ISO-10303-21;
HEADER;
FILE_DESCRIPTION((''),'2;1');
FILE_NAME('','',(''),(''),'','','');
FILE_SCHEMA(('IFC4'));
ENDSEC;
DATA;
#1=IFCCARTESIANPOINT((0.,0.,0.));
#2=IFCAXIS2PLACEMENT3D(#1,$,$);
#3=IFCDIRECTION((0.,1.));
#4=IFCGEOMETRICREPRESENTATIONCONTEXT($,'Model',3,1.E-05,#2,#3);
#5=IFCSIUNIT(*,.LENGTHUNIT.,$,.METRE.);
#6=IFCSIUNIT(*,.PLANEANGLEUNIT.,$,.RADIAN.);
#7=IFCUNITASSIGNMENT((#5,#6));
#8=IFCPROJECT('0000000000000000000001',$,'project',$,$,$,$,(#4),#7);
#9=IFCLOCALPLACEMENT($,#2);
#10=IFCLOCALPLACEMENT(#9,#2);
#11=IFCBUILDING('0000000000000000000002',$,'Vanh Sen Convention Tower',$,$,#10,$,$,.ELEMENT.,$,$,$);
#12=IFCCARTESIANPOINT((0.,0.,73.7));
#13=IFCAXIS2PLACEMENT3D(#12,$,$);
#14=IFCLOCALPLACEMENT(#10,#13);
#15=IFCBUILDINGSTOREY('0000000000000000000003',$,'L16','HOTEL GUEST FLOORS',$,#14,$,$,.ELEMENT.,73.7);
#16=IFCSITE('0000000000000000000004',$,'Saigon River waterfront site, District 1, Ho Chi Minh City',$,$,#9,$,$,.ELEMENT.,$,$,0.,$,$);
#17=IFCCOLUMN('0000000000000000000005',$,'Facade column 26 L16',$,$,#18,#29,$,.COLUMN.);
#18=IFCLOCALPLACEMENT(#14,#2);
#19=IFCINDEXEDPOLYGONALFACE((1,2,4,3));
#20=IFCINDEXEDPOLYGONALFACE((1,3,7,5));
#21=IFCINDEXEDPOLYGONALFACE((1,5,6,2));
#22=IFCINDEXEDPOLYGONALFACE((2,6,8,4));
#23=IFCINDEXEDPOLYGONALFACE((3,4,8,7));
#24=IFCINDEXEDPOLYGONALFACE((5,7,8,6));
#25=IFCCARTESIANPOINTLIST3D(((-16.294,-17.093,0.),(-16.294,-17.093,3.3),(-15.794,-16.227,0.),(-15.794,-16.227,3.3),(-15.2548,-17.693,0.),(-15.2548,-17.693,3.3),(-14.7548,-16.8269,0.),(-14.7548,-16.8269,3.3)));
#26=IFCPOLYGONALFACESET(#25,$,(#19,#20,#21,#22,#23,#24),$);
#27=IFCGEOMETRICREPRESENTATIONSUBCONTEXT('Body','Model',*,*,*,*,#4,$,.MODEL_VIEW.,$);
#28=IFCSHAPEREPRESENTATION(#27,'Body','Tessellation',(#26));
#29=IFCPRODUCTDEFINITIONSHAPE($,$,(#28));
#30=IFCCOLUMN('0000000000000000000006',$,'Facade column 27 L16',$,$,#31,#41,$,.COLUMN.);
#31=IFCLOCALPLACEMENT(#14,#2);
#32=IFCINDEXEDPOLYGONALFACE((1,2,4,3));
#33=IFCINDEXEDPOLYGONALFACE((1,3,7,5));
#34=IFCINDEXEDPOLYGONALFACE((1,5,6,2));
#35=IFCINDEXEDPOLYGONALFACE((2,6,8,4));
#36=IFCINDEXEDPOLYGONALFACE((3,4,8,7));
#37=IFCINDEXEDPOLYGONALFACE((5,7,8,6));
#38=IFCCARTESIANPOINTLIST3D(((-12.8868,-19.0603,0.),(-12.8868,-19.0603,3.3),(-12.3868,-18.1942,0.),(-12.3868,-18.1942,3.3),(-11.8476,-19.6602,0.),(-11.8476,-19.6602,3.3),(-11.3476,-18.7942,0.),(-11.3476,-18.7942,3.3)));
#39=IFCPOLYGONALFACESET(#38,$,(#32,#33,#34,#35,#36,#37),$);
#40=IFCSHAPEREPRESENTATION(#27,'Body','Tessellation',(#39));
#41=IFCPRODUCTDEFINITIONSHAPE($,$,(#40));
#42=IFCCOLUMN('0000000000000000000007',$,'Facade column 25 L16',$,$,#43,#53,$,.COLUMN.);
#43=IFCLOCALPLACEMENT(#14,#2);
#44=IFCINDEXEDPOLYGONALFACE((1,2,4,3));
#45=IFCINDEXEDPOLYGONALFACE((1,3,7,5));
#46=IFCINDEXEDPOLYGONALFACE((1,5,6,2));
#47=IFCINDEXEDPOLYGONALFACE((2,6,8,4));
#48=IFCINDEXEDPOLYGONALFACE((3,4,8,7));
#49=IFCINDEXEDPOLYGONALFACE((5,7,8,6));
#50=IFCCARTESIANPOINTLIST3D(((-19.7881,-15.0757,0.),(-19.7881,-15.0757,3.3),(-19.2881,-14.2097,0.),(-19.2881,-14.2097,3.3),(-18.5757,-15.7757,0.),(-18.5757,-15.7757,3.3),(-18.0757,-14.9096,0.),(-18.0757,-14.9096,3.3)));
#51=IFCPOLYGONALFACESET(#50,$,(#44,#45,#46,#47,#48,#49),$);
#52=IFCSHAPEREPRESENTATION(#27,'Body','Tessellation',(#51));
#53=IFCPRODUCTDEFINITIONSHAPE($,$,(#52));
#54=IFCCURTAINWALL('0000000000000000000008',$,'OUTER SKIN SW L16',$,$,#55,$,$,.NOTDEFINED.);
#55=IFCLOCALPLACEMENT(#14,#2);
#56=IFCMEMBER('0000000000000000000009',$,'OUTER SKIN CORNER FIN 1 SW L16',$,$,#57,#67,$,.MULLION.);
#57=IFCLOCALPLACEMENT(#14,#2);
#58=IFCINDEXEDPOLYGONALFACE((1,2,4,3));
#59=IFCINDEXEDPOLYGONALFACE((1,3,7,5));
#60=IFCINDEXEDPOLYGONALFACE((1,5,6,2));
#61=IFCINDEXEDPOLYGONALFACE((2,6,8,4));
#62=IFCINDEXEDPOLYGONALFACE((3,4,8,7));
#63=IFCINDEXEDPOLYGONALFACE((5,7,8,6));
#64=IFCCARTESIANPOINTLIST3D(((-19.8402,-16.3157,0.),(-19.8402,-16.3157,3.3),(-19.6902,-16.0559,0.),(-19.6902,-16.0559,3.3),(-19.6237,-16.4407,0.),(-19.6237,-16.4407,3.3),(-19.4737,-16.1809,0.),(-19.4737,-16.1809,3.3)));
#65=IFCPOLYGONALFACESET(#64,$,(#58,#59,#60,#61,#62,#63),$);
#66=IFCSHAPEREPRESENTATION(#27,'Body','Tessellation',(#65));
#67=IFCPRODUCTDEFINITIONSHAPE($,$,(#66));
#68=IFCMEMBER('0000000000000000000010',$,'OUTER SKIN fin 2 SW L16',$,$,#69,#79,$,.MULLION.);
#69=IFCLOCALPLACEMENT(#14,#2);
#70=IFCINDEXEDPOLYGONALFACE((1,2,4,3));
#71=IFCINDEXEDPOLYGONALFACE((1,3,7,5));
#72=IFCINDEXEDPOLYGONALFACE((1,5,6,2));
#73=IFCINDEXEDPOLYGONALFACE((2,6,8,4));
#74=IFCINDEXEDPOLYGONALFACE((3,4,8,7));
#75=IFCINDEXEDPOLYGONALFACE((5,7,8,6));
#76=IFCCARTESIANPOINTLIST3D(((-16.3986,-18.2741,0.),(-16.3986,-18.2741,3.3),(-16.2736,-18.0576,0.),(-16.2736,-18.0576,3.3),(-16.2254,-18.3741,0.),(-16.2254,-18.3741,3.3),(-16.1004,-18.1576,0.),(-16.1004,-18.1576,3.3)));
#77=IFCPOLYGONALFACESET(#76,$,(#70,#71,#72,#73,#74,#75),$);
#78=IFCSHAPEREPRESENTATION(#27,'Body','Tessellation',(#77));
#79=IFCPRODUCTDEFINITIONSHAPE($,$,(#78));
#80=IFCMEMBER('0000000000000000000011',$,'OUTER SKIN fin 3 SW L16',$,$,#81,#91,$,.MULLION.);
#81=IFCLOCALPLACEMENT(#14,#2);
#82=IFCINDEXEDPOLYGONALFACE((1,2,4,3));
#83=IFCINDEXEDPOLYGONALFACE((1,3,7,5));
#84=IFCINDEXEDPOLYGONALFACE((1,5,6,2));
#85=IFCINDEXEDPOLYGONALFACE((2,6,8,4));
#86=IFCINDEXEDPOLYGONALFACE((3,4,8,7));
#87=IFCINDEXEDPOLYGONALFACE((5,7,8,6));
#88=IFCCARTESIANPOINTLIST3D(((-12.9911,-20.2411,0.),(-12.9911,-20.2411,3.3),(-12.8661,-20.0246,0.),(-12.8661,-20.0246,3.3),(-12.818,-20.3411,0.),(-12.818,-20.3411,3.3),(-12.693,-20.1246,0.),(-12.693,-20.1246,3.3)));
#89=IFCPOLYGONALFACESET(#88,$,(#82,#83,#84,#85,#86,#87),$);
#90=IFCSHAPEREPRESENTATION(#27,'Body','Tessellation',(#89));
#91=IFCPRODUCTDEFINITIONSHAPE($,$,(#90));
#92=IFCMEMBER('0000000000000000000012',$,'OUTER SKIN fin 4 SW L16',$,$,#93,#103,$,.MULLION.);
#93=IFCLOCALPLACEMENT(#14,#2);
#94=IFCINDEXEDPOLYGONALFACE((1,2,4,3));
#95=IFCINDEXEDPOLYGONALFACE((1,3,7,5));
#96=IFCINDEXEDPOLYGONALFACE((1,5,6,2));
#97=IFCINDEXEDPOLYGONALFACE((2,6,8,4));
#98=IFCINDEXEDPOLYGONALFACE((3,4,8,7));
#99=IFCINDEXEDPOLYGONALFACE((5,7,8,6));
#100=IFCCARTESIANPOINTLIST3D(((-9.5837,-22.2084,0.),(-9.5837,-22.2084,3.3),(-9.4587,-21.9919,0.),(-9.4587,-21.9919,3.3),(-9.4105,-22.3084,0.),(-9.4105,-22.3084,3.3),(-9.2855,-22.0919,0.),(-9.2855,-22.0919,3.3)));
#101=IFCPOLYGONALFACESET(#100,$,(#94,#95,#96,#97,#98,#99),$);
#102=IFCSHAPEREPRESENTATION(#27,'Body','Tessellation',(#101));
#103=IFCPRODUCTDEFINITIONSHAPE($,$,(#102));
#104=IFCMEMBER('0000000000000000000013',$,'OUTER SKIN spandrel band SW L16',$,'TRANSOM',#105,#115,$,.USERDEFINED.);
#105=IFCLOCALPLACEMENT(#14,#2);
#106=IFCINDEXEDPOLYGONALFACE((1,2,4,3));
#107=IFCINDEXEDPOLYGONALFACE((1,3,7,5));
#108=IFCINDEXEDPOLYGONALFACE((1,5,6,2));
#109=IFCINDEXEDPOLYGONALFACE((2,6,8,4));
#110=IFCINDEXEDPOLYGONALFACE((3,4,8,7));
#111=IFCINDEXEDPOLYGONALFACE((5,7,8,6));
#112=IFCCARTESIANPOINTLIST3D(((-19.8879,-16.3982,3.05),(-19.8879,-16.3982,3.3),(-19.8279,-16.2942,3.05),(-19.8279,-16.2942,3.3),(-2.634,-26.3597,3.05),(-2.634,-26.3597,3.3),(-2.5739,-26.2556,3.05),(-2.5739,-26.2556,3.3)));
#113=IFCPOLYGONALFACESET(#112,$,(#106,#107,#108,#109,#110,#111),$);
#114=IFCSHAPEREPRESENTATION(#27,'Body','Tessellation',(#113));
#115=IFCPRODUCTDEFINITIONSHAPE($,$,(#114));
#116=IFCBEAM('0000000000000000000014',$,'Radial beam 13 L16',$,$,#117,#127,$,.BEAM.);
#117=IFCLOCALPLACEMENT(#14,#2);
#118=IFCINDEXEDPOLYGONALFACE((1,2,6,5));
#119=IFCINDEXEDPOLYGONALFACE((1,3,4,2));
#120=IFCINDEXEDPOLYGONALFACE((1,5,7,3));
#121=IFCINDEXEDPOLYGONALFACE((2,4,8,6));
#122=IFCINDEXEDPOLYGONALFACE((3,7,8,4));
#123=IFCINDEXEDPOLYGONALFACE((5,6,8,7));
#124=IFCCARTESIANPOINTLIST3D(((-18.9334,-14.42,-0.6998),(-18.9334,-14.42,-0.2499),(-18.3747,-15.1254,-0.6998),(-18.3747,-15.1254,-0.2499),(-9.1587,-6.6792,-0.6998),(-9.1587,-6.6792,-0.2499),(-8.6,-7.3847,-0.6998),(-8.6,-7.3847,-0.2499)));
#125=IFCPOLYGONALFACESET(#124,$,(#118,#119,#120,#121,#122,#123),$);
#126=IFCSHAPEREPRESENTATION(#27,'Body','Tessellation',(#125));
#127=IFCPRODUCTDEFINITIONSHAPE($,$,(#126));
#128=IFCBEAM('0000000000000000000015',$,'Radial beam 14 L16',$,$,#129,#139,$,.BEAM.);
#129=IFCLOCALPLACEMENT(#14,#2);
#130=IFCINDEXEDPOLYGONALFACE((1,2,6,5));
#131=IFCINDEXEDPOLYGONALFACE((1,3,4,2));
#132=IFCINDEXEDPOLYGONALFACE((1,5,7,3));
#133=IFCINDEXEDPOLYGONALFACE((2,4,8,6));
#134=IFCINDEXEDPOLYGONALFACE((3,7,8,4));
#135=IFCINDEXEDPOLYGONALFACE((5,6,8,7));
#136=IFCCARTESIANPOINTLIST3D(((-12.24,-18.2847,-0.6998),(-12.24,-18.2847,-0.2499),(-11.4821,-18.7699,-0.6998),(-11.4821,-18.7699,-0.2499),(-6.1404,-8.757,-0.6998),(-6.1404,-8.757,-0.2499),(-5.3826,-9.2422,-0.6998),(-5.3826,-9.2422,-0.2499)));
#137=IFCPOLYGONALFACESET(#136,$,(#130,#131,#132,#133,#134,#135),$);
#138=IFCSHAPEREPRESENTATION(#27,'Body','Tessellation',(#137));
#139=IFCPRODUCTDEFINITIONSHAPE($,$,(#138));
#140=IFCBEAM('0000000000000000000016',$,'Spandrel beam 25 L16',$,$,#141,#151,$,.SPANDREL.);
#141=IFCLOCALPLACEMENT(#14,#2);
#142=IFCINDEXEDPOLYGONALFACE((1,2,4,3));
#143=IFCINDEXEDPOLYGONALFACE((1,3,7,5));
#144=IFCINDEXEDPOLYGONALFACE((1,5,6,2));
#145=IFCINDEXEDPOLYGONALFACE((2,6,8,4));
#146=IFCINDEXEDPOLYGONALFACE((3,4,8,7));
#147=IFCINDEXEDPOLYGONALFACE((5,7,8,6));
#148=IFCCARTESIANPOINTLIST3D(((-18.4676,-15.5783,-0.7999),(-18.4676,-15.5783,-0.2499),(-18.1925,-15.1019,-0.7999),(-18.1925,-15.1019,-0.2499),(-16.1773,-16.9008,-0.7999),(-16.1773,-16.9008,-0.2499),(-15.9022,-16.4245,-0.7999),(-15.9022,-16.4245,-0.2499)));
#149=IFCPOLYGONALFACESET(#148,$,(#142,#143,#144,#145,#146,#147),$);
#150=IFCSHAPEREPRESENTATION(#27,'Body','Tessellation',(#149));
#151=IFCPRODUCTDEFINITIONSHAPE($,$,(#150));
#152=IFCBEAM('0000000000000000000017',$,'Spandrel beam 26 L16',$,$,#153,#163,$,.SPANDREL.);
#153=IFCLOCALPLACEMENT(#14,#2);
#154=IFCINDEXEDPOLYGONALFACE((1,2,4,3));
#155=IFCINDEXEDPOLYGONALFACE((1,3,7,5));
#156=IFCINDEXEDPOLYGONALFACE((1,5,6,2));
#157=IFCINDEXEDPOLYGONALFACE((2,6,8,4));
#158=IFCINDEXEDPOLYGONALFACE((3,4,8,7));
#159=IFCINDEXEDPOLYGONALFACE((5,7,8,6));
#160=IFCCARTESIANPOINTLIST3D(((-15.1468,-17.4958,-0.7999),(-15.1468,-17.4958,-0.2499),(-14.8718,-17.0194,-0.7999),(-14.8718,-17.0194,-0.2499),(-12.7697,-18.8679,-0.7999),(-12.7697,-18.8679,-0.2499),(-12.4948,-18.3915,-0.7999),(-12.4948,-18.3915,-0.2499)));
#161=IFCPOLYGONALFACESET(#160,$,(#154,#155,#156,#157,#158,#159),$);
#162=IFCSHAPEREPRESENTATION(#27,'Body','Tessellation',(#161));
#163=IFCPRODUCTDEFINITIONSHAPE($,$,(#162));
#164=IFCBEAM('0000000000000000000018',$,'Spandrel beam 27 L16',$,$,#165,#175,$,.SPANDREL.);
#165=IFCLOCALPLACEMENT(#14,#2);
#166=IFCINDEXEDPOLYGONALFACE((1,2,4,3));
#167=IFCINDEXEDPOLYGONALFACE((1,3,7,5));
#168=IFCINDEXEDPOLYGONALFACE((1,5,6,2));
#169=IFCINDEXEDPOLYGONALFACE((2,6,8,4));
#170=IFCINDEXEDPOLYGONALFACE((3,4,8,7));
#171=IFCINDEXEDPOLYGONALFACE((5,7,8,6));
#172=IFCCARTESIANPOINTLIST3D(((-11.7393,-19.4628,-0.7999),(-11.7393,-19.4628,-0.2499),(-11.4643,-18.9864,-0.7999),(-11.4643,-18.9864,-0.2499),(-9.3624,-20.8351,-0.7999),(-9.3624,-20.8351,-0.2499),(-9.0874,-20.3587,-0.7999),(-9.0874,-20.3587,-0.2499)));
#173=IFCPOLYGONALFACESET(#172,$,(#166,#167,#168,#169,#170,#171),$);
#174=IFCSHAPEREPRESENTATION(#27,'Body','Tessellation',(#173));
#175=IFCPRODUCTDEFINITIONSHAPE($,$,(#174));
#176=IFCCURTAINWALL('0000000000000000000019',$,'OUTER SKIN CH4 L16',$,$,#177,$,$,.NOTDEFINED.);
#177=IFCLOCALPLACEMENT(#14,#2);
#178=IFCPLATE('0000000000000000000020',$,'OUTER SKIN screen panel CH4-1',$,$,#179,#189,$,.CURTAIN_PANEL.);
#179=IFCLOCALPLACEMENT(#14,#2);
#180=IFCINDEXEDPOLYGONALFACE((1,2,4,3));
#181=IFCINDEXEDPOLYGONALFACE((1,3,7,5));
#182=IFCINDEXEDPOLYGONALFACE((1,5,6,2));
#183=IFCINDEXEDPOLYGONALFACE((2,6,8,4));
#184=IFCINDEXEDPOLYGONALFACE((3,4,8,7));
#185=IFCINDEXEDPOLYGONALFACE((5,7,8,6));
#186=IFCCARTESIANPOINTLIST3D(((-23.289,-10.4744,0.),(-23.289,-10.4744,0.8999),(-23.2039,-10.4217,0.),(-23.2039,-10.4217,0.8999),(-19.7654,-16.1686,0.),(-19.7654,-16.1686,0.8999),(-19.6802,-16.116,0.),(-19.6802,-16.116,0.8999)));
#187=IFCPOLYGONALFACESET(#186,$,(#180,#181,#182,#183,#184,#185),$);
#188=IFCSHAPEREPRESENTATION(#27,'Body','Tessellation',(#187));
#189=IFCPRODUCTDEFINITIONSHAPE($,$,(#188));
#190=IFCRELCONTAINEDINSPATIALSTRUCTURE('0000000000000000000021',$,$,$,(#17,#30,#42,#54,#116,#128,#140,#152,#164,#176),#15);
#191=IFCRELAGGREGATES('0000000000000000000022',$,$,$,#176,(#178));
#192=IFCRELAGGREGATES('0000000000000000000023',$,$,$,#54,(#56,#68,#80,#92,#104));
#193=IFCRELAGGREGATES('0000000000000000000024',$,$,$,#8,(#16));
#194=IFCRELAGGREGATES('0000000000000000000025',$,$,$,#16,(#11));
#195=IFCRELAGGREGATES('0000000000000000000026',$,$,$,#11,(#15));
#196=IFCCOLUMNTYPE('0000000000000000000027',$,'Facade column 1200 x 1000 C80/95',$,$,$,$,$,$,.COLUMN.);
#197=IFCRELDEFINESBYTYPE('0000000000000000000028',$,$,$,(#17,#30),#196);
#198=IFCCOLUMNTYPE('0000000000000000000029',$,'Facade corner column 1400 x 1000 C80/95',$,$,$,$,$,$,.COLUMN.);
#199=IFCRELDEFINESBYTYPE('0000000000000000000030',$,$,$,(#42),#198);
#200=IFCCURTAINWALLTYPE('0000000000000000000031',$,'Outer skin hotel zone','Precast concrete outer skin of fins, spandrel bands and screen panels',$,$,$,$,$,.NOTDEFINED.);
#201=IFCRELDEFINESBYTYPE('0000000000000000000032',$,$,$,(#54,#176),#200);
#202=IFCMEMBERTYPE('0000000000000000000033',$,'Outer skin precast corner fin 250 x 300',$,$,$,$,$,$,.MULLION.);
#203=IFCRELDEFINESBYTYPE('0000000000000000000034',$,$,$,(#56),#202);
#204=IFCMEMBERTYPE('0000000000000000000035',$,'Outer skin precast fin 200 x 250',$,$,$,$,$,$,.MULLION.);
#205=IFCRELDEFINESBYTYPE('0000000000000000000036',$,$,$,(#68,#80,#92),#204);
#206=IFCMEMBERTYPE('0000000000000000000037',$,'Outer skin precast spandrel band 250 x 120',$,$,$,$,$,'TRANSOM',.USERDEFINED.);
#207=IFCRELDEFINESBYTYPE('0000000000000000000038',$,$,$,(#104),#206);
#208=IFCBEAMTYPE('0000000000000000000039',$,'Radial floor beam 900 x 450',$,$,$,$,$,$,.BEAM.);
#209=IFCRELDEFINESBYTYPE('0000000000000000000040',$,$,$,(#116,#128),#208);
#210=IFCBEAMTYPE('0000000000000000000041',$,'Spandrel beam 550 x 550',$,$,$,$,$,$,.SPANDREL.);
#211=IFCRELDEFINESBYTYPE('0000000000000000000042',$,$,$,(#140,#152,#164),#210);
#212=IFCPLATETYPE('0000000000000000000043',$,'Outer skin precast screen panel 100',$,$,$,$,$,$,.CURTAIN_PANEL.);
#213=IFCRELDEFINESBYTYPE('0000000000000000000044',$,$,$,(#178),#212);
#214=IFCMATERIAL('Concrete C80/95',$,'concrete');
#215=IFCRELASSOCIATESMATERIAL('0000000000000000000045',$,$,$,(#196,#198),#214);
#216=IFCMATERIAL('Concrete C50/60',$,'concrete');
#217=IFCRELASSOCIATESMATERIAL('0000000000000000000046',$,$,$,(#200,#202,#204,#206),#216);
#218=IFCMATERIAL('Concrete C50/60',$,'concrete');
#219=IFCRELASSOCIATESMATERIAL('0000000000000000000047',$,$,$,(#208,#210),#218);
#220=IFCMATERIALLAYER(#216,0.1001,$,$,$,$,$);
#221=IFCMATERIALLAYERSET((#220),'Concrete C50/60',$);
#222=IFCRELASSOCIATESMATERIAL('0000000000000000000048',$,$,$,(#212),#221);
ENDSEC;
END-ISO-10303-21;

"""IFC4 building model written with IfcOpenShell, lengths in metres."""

from ifc_helpers import new_model, si_unit, direction, frame, origin, origin_2d, place, context, subcontext, project, spatial, rectangle, extrude, material, layer, layer_set, material_profile, profile_set, type_object, element, aggregate, save


model = new_model("IFC4")

# Units and contexts
model_context = context("Model", 3, precision=1e-05, world=origin(), true_north=direction((0.0, 1.0)))
body_context = subcontext(model_context, "Body", "Model", "MODEL_VIEW")
ifc_project = project(units=[si_unit("LENGTHUNIT", "METRE"), si_unit("PLANEANGLEUNIT", "RADIAN")], contexts=[model_context])

# Site, building, storey
site_placement = place(None, origin())
site = spatial("IfcSite", under=ifc_project, at=site_placement, Name="Saigon River waterfront site, District 1, Ho Chi Minh City", CompositionType="ELEMENT", RefElevation=0.0)
building_placement = place(site_placement, origin())
building = spatial("IfcBuilding", under=site, at=building_placement, Name="Vanh Sen Convention Tower", CompositionType="ELEMENT")
storey_placement = place(building_placement, frame((0.0, 0.0, 73.7)))
storey = spatial("IfcBuildingStorey", under=building, at=storey_placement, Name="L16", Description="HOTEL GUEST FLOORS", CompositionType="ELEMENT", Elevation=73.7)

# Columns
ifc_material_1 = material(Name="Concrete C80/95", Category="concrete")
ifc_material_profile_1 = material_profile(ifc_material_1, rectangle(XDim=1.2, YDim=1.0, at=origin_2d()), Name="RC 1200X1000")
ifc_profile_set_1 = profile_set([ifc_material_profile_1], Name="Concrete C80/95")
column_type_1 = type_object("IfcColumnType", Name="Facade column 1200 x 1000 C80/95", PredefinedType="COLUMN", material=ifc_profile_set_1)
for number, where, z_axis, x_axis, name in (
    (1, (-15.5244, -16.96, 0.0), (0.0, 0.0, 1.0), (0.866025, -0.5, 0.0), "Facade column 26 L16"),
    (2, (-12.1172, -18.9272, 0.0), (0.0, 0.0, 1.0), (0.866025, -0.5, 0.0), "Facade column 27 L16"),
):
    element("IfcColumn", number, at=place(storey_placement, frame(where, z_axis=z_axis, x_axis=x_axis)), inside=storey, type_object=column_type_1, Name=name, PredefinedType="COLUMN", context=body_context, shape_type="SweptSolid", body=[
        extrude(rectangle(XDim=1.2, YDim=1.0, at=origin_2d()), origin(), (0.0, 0.0, 1.0), 3.3),
    ])
ifc_material_profile_2 = material_profile(ifc_material_1, rectangle(XDim=1.3999, YDim=1.0, at=origin_2d()), Name="RC 1400X1000")
ifc_profile_set_2 = profile_set([ifc_material_profile_2], Name="Concrete C80/95")
column_type_2 = type_object("IfcColumnType", Name="Facade corner column 1400 x 1000 C80/95", PredefinedType="COLUMN", material=ifc_profile_set_2)
column_placement = place(storey_placement, frame((-18.9319, -14.9927, 0.0), z_axis=(0.0, 0.0, 1.0), x_axis=(0.866025, -0.5, 0.0)))
element("IfcColumn", 3, at=column_placement, inside=storey, type_object=column_type_2, Name="Facade column 25 L16", PredefinedType="COLUMN", context=body_context, shape_type="SweptSolid", body=[
    extrude(rectangle(XDim=1.3999, YDim=1.0, at=origin_2d()), origin(), (0.0, 0.0, 1.0), 3.3),
])

# Curtain wall, members
ifc_material_2 = material(Name="Concrete C50/60", Category="concrete")
curtain_wall_type = type_object("IfcCurtainWallType", Name="Outer skin hotel zone", Description="Precast concrete outer skin of fins, spandrel bands and screen panels", PredefinedType="NOTDEFINED", material=ifc_material_2)
curtain_wall_1_placement = place(storey_placement, origin())
curtain_wall_1 = element("IfcCurtainWall", 4, at=curtain_wall_1_placement, inside=storey, type_object=curtain_wall_type, Name="OUTER SKIN SW L16", PredefinedType="NOTDEFINED")
ifc_material_profile_3 = material_profile(ifc_material_2, rectangle(XDim=0.25, YDim=0.3, at=origin_2d()), Name="Outer skin precast corner fin 250 x 300")
ifc_profile_set_3 = profile_set([ifc_material_profile_3], Name="Concrete C50/60")
member_type_1 = type_object("IfcMemberType", Name="Outer skin precast corner fin 250 x 300", PredefinedType="MULLION", material=ifc_profile_set_3)
member_1_placement = place(storey_placement, frame((-19.657, -16.2483, 0.0), z_axis=(0.0, 0.0, 1.0), x_axis=(0.866025, -0.5, 0.0)))
member_1 = element("IfcMember", 5, at=member_1_placement, type_object=member_type_1, Name="OUTER SKIN CORNER FIN 1 SW L16", PredefinedType="MULLION", context=body_context, shape_type="SweptSolid", body=[
    extrude(rectangle(XDim=0.25, YDim=0.3, at=origin_2d()), origin(), (0.0, 0.0, 1.0), 3.3),
])
ifc_material_profile_4 = material_profile(ifc_material_2, rectangle(XDim=0.2, YDim=0.25, at=origin_2d()), Name="Outer skin precast fin 200 x 250")
ifc_profile_set_4 = profile_set([ifc_material_profile_4], Name="Concrete C50/60")
member_type_2 = type_object("IfcMemberType", Name="Outer skin precast fin 200 x 250", PredefinedType="MULLION", material=ifc_profile_set_4)
member_2_placement = place(storey_placement, frame((-16.2495, -18.2158, 0.0), z_axis=(0.0, 0.0, 1.0), x_axis=(0.866025, -0.5, 0.0)))
member_2 = element("IfcMember", 6, at=member_2_placement, type_object=member_type_2, Name="OUTER SKIN fin 2 SW L16", PredefinedType="MULLION", context=body_context, shape_type="SweptSolid", body=[
    extrude(rectangle(XDim=0.2, YDim=0.25, at=origin_2d()), origin(), (0.0, 0.0, 1.0), 3.3),
])
member_3_placement = place(storey_placement, frame((-12.842, -20.1829, 0.0), z_axis=(0.0, 0.0, 1.0), x_axis=(0.866025, -0.5, 0.0)))
member_3 = element("IfcMember", 7, at=member_3_placement, type_object=member_type_2, Name="OUTER SKIN fin 3 SW L16", PredefinedType="MULLION", context=body_context, shape_type="SweptSolid", body=[
    extrude(rectangle(XDim=0.2, YDim=0.25, at=origin_2d()), origin(), (0.0, 0.0, 1.0), 3.3),
])
member_4_placement = place(storey_placement, frame((-9.4346, -22.1501, 0.0), z_axis=(0.0, 0.0, 1.0), x_axis=(0.866025, -0.5, 0.0)))
member_4 = element("IfcMember", 8, at=member_4_placement, type_object=member_type_2, Name="OUTER SKIN fin 4 SW L16", PredefinedType="MULLION", context=body_context, shape_type="SweptSolid", body=[
    extrude(rectangle(XDim=0.2, YDim=0.25, at=origin_2d()), origin(), (0.0, 0.0, 1.0), 3.3),
])
ifc_material_profile_5 = material_profile(ifc_material_2, rectangle(XDim=0.1201, YDim=0.25, at=origin_2d()), Name="Outer skin precast spandrel band 250 x 120")
ifc_profile_set_5 = profile_set([ifc_material_profile_5], Name="Concrete C50/60")
member_type_3 = type_object("IfcMemberType", Name="Outer skin precast spandrel band 250 x 120", ElementType="TRANSOM", PredefinedType="USERDEFINED", material=ifc_profile_set_5)
member_5_placement = place(storey_placement, frame((-19.8579, -16.3462, 3.175), z_axis=(0.866028, -0.499995, 0.0), x_axis=(0.499995, 0.866028, 0.0)))
member_5 = element("IfcMember", 9, at=member_5_placement, type_object=member_type_3, Name="OUTER SKIN spandrel band SW L16", ObjectType="TRANSOM", PredefinedType="USERDEFINED", context=body_context, shape_type="SweptSolid", body=[
    extrude(rectangle(XDim=0.1201, YDim=0.25, at=origin_2d()), origin(), (0.0, 0.0, 1.0), 19.9231),
])

# Beams
ifc_material_3 = material(Name="Concrete C50/60", Category="concrete")
ifc_material_profile_6 = material_profile(ifc_material_3, rectangle(XDim=0.8999, YDim=0.45, at=origin_2d()), Name="RC 900X450")
ifc_profile_set_6 = profile_set([ifc_material_profile_6], Name="Concrete C50/60")
beam_type_1 = type_object("IfcBeamType", Name="Radial floor beam 900 x 450", PredefinedType="BEAM", material=ifc_profile_set_6)
beam_1_placement = place(storey_placement, frame((-18.6541, -14.7727, -0.4749), z_axis=(0.78395, 0.620824, 0.0), x_axis=(-0.620824, 0.78395, 0.0)))
element("IfcBeam", 10, at=beam_1_placement, inside=storey, type_object=beam_type_1, Name="Radial beam 13 L16", PredefinedType="BEAM", context=body_context, shape_type="SweptSolid", body=[
    extrude(rectangle(XDim=0.8999, YDim=0.45, at=origin_2d()), origin(), (0.0, 0.0, 1.0), 12.4685),
])
beam_2_placement = place(storey_placement, frame((-11.8611, -18.5273, -0.4749), z_axis=(0.539166, 0.842199, 0.0), x_axis=(-0.842199, 0.539166, 0.0)))
element("IfcBeam", 11, at=beam_2_placement, inside=storey, type_object=beam_type_1, Name="Radial beam 14 L16", PredefinedType="BEAM", context=body_context, shape_type="SweptSolid", body=[
    extrude(rectangle(XDim=0.8999, YDim=0.45, at=origin_2d()), origin(), (0.0, 0.0, 1.0), 11.313),
])
ifc_material_profile_7 = material_profile(ifc_material_3, rectangle(XDim=0.55, YDim=0.55, at=origin_2d()), Name="RC 550X550")
ifc_profile_set_7 = profile_set([ifc_material_profile_7], Name="Concrete C50/60")
beam_type_2 = type_object("IfcBeamType", Name="Spandrel beam 550 x 550", PredefinedType="SPANDREL", material=ifc_profile_set_7)
beam_3_placement = place(storey_placement, frame((-18.3301, -15.3401, -0.5249), z_axis=(0.86599, -0.500061, 0.0), x_axis=(0.500061, 0.86599, 0.0)))
element("IfcBeam", 12, at=beam_3_placement, inside=storey, type_object=beam_type_2, Name="Spandrel beam 25 L16", PredefinedType="SPANDREL", context=body_context, shape_type="SweptSolid", body=[
    extrude(rectangle(XDim=0.55, YDim=0.55, at=origin_2d()), origin(), (0.0, 0.0, 1.0), 2.6448),
])
for number, where, z_axis, x_axis, name in (
    (13, (-15.0093, -17.2576, -0.5249), (0.866067, -0.499928, 0.0), (0.499928, 0.866067, 0.0), "Spandrel beam 26 L16"),
    (14, (-11.6018, -19.2246, -0.5249), (0.866029, -0.499995, 0.0), (0.499995, 0.866029, 0.0), "Spandrel beam 27 L16"),
):
    element("IfcBeam", number, at=place(storey_placement, frame(where, z_axis=z_axis, x_axis=x_axis)), inside=storey, type_object=beam_type_2, Name=name, PredefinedType="SPANDREL", context=body_context, shape_type="SweptSolid", body=[
        extrude(rectangle(XDim=0.55, YDim=0.55, at=origin_2d()), origin(), (0.0, 0.0, 1.0), 2.7446),
    ])

# Curtain wall, plate
curtain_wall_2_placement = place(storey_placement, origin())
curtain_wall_2 = element("IfcCurtainWall", 15, at=curtain_wall_2_placement, inside=storey, type_object=curtain_wall_type, Name="OUTER SKIN CH4 L16", PredefinedType="NOTDEFINED")
ifc_layer_1 = layer(ifc_material_2, 0.1001)
ifc_layer_set_1 = layer_set([ifc_layer_1], Name="Concrete C50/60")
plate_type = type_object("IfcPlateType", Name="Outer skin precast screen panel 100", PredefinedType="CURTAIN_PANEL", material=ifc_layer_set_1)
plate_1_placement = place(storey_placement, frame((-21.4846, -13.2952, 0.0), z_axis=(0.0, 0.0, 1.0), x_axis=(0.526205, -0.850358, 0.0)))
plate_1 = element("IfcPlate", 16, at=plate_1_placement, type_object=plate_type, Name="OUTER SKIN screen panel CH4-1", PredefinedType="CURTAIN_PANEL", context=body_context, shape_type="SweptSolid", body=[
    extrude(rectangle(XDim=6.6963, YDim=0.1001, at=origin_2d()), origin(), (0.0, 0.0, 1.0), 0.8999),
])
aggregate(curtain_wall_2, [plate_1])

aggregate(curtain_wall_1, [member_1, member_2, member_3, member_4, member_5])

save(model, "model.ifc")
